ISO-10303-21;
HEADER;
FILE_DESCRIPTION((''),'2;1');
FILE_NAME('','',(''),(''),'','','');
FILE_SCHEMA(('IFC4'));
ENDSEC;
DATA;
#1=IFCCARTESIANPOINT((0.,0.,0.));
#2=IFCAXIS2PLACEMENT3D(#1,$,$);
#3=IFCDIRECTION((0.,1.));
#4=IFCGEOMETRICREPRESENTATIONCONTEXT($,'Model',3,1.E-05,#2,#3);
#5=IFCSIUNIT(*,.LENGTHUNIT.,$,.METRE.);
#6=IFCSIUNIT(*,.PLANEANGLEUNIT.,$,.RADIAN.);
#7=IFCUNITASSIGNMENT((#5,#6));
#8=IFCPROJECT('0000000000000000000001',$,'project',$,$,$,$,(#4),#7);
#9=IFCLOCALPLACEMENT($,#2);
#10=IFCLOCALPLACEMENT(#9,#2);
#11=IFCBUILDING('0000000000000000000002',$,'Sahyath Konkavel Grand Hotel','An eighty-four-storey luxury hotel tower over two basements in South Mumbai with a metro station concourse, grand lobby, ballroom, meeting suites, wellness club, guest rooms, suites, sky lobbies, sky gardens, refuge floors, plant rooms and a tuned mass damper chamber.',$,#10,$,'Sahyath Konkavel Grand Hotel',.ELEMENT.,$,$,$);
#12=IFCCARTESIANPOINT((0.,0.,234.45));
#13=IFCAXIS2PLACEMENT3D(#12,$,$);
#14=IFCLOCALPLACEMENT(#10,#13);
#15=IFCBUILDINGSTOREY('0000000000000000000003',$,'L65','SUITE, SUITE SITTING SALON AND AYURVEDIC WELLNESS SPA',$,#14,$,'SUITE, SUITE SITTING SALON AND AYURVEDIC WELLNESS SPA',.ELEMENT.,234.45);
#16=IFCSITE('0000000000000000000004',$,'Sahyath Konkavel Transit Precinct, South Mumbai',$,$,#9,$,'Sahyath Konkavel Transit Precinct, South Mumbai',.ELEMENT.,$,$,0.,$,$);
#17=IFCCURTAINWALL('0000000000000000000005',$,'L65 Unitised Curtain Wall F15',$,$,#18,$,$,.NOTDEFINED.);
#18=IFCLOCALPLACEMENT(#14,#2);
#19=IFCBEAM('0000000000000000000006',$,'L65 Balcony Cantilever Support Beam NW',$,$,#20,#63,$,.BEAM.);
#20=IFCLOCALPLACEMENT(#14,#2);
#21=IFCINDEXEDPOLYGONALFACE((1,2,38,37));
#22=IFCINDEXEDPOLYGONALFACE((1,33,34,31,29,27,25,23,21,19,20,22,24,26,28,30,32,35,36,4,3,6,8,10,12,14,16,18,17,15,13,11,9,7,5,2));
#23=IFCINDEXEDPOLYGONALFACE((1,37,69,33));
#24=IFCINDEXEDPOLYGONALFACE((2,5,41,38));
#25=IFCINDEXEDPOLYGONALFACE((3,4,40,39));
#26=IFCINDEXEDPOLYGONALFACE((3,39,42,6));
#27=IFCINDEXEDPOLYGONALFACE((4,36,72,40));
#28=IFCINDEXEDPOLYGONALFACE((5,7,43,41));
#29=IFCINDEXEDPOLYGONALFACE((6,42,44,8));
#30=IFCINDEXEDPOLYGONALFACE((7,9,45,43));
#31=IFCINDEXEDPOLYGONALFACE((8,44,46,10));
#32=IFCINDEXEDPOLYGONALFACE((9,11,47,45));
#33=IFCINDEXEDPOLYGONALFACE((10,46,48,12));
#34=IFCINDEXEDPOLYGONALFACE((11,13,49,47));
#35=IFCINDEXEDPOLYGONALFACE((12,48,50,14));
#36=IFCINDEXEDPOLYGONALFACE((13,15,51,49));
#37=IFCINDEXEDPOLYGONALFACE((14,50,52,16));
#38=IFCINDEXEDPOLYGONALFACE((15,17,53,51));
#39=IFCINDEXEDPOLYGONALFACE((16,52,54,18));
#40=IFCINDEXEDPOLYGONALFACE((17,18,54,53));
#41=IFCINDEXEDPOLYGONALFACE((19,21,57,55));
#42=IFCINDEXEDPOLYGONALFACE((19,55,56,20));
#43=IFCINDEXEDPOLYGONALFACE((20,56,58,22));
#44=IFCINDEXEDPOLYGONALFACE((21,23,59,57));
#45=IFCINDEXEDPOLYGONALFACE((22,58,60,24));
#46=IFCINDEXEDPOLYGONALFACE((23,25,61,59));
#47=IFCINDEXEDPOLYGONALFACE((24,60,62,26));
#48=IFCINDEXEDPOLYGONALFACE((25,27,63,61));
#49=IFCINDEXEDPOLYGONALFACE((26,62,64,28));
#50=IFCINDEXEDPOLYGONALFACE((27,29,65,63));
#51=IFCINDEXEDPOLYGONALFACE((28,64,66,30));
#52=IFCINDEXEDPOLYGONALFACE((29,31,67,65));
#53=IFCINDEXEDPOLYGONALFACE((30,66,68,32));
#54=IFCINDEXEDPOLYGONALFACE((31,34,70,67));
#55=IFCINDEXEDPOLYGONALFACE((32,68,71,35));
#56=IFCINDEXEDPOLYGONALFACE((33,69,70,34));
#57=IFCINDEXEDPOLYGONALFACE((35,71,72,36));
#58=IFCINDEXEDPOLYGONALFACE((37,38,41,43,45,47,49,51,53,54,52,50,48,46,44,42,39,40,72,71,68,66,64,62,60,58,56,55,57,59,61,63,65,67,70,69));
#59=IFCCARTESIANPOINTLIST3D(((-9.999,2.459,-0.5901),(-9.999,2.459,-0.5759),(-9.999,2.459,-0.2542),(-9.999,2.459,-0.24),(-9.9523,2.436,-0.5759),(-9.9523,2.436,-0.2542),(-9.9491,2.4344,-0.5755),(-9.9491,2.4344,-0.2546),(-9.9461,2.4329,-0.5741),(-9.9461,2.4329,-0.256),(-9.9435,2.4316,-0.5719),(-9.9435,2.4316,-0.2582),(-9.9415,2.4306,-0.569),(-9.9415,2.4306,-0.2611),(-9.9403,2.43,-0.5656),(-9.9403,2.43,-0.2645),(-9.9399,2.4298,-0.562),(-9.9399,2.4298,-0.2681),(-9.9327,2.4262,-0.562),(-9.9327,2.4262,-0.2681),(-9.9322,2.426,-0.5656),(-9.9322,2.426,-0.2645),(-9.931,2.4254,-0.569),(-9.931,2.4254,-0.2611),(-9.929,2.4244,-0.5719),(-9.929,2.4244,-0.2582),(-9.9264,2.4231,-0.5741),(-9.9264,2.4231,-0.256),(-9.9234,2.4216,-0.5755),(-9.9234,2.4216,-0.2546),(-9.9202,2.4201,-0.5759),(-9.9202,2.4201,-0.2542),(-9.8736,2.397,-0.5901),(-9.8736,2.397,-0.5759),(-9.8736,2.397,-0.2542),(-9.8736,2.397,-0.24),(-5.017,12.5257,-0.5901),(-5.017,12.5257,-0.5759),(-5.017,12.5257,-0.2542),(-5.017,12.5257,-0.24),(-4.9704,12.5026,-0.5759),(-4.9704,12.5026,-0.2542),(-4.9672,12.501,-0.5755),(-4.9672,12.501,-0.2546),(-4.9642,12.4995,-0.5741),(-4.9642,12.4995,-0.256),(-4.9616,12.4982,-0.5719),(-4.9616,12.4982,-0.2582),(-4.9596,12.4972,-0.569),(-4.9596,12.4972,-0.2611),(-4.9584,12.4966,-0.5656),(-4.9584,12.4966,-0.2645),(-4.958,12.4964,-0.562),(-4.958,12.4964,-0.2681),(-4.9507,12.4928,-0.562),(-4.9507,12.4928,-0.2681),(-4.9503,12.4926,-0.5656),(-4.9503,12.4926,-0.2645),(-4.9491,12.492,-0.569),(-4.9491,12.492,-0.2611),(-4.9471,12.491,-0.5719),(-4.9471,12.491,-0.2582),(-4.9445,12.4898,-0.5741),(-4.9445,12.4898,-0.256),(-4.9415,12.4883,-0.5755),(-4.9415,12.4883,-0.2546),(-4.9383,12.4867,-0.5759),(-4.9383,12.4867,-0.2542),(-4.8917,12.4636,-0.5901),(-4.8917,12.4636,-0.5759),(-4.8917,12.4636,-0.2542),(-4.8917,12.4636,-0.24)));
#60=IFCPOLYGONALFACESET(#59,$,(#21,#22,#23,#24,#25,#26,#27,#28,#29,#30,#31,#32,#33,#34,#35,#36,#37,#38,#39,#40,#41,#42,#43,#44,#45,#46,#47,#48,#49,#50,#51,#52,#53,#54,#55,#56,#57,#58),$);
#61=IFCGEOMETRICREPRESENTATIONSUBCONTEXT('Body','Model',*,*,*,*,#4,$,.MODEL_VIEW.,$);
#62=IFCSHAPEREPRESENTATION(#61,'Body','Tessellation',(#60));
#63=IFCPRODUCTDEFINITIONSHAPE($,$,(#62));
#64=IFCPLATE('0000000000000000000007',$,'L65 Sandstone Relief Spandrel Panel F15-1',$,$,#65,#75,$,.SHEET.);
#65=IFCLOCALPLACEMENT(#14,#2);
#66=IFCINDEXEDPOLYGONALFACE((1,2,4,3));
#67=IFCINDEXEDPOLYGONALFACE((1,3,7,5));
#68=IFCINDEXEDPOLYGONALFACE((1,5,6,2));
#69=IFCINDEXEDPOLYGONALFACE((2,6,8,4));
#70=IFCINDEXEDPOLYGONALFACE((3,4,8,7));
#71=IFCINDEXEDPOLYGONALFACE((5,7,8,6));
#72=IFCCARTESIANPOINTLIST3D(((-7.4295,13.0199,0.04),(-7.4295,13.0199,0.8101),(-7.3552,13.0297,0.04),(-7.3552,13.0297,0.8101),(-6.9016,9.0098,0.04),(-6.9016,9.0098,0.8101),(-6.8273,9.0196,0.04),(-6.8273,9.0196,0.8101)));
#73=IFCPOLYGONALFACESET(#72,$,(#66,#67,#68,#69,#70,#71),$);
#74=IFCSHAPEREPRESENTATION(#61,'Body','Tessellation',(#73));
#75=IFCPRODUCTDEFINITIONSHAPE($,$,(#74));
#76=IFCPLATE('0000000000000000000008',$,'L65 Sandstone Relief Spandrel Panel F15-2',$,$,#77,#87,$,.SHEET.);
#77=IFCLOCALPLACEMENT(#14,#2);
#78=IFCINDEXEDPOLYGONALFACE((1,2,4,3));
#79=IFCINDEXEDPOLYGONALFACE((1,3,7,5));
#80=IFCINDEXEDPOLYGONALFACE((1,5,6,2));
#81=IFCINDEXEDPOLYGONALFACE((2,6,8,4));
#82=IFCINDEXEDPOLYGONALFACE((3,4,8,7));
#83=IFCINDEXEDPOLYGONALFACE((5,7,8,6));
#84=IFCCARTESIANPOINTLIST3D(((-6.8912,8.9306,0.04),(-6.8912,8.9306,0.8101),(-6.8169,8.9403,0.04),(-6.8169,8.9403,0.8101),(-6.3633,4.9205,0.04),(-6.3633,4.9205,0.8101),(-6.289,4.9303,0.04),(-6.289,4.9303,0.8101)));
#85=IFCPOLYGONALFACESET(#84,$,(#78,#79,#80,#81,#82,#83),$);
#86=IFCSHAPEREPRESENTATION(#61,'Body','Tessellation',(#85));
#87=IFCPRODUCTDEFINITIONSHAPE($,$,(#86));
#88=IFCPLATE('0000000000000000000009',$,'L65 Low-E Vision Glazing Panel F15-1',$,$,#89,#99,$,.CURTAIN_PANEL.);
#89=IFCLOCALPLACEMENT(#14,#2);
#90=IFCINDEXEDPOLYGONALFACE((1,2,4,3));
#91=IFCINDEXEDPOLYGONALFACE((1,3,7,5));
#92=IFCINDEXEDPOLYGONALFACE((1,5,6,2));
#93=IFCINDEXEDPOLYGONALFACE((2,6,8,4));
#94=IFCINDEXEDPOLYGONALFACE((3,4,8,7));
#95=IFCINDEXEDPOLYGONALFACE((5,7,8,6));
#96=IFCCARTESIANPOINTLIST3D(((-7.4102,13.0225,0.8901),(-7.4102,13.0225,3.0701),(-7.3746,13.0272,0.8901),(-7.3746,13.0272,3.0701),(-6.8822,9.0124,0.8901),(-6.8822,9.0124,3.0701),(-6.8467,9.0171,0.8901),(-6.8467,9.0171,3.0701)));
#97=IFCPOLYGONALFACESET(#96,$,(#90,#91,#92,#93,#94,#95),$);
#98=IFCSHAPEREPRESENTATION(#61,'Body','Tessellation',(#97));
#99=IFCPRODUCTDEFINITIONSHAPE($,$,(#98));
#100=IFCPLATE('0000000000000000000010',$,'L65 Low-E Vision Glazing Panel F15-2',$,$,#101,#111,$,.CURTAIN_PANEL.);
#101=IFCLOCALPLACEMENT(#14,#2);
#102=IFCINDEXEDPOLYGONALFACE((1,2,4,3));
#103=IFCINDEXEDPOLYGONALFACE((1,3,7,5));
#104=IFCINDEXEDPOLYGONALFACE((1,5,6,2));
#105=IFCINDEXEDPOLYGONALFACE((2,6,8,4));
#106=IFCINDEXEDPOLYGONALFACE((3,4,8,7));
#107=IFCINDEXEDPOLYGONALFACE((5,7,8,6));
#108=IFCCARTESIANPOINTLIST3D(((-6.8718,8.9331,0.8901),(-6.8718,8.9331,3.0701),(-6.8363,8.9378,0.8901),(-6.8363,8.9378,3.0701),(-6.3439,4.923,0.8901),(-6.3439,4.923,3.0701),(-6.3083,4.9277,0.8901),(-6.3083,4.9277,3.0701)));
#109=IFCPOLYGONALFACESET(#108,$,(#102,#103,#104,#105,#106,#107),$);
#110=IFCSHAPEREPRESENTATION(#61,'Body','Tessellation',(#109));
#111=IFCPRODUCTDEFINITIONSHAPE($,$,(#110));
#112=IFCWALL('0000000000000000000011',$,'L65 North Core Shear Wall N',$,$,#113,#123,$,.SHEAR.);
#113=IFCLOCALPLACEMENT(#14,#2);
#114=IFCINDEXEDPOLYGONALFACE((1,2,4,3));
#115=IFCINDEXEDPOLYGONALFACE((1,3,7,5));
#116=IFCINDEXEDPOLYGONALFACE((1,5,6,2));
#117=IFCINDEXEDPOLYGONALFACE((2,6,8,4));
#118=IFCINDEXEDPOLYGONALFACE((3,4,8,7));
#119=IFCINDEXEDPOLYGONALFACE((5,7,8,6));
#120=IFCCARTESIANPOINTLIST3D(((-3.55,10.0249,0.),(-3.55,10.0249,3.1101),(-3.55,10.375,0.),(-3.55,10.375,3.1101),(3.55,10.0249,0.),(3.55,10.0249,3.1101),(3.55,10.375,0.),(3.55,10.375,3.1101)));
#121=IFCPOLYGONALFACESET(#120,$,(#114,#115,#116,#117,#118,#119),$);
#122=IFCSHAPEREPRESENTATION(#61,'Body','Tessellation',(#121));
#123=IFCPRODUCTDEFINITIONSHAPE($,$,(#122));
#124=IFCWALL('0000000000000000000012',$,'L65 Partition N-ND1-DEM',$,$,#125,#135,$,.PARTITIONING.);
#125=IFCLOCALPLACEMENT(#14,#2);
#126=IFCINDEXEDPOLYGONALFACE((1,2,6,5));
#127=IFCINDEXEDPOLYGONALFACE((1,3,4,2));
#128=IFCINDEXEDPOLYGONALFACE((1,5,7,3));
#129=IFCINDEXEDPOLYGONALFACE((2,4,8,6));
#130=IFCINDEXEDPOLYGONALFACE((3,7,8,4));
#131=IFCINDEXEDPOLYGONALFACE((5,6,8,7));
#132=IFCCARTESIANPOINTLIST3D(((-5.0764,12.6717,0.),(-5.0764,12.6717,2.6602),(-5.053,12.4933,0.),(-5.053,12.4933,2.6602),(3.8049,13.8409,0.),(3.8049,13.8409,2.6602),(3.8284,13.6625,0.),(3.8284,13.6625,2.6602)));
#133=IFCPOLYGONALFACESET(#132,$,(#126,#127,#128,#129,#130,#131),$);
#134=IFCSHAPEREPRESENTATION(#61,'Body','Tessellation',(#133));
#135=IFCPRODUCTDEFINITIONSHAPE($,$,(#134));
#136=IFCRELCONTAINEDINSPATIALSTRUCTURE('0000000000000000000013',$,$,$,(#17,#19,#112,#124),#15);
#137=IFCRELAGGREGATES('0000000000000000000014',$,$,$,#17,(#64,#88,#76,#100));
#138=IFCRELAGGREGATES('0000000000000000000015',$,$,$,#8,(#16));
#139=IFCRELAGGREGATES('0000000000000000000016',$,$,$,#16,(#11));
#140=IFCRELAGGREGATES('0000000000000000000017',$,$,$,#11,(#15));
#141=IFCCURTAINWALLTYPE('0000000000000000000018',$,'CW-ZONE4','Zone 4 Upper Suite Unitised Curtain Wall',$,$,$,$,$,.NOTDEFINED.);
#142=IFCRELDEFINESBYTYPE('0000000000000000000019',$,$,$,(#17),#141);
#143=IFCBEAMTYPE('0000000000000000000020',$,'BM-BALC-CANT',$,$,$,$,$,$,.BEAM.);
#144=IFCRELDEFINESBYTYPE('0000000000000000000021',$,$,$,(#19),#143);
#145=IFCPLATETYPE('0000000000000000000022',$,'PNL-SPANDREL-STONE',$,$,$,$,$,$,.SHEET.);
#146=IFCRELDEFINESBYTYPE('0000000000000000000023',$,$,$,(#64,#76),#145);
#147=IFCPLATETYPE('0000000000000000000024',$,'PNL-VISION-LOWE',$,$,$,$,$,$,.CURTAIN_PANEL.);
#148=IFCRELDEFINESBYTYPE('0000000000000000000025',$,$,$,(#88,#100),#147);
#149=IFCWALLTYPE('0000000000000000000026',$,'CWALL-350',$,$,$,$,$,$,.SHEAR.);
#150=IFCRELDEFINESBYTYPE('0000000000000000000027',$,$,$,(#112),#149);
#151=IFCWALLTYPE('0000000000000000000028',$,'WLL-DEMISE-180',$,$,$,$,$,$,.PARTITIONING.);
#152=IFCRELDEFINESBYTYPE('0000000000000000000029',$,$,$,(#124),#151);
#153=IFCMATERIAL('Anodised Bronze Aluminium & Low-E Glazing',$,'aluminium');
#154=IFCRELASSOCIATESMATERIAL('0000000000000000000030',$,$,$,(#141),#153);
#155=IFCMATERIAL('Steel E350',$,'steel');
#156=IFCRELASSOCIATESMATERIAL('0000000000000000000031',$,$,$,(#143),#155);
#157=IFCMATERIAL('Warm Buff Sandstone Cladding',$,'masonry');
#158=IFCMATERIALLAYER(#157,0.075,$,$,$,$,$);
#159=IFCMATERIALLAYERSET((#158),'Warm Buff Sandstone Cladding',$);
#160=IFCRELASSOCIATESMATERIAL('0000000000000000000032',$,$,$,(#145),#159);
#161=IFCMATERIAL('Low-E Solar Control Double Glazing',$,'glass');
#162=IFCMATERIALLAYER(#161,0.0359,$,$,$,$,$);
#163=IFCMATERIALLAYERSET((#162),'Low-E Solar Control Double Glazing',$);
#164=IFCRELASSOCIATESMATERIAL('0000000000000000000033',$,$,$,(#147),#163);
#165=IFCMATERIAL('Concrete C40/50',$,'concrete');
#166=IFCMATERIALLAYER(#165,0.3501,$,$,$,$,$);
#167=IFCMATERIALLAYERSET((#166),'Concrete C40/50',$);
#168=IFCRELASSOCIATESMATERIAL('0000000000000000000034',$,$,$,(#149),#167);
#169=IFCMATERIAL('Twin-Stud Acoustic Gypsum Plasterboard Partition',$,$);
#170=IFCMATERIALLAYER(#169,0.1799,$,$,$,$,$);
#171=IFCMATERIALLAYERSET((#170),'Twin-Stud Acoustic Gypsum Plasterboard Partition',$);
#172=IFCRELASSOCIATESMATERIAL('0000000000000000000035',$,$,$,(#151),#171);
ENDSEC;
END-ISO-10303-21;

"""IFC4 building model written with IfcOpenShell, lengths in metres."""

from ifc_helpers import new_model, si_unit, direction, frame, frame_2d, origin, origin_2d, place, context, subcontext, project, spatial, rectangle, i_section, extrude, source, transform, mapped, material, layer, layer_set, material_profile, profile_set, type_object, element, aggregate, save


model = new_model("IFC4")

# Units and contexts
model_context = context("Model", 3, precision=1e-05, world=origin(), true_north=direction((0.0, 1.0)))
body_context = subcontext(model_context, "Body", "Model", "MODEL_VIEW")
ifc_project = project(units=[si_unit("LENGTHUNIT", "METRE"), si_unit("PLANEANGLEUNIT", "RADIAN")], contexts=[model_context])

# Site, building, storey
site_placement = place(None, origin())
site = spatial("IfcSite", under=ifc_project, at=site_placement, Name="Sahyath Konkavel Transit Precinct, South Mumbai", LongName="Sahyath Konkavel Transit Precinct, South Mumbai", CompositionType="ELEMENT", RefElevation=0.0)
building_placement = place(site_placement, origin())
building = spatial("IfcBuilding", under=site, at=building_placement, Name="Sahyath Konkavel Grand Hotel", Description="An eighty-four-storey luxury hotel tower over two basements in South Mumbai with a metro station concourse, grand lobby, ballroom, meeting suites, wellness club, guest rooms, suites, sky lobbies, sky gardens, refuge floors, plant rooms and a tuned mass damper chamber.", LongName="Sahyath Konkavel Grand Hotel", CompositionType="ELEMENT")
storey_placement = place(building_placement, frame((0.0, 0.0, 234.45)))
storey = spatial("IfcBuildingStorey", under=building, at=storey_placement, Name="L65", Description="SUITE, SUITE SITTING SALON AND AYURVEDIC WELLNESS SPA", LongName="SUITE, SUITE SITTING SALON AND AYURVEDIC WELLNESS SPA", CompositionType="ELEMENT", Elevation=234.45)

# Shared definitions
ifc_material_1 = material(Name="Steel E350", Category="steel")

# Curtain wall
ifc_material_2 = material(Name="Anodised Bronze Aluminium & Low-E Glazing", Category="aluminium")
curtain_wall_type = type_object("IfcCurtainWallType", Name="CW-ZONE4", Description="Zone 4 Upper Suite Unitised Curtain Wall", PredefinedType="NOTDEFINED", material=ifc_material_2)
curtain_wall_placement = place(storey_placement, origin())
curtain_wall = element("IfcCurtainWall", 1, at=curtain_wall_placement, inside=storey, type_object=curtain_wall_type, Name="L65 Unitised Curtain Wall F15", PredefinedType="NOTDEFINED")

# Beam
ifc_material_profile_1 = material_profile(ifc_material_1, i_section(OverallWidth=0.1399, OverallDepth=0.3501, WebThickness=0.0081, FlangeThickness=0.0142, FilletRadius=0.0139, at=origin_2d()), Name="ISMB 350")
ifc_profile_set_1 = profile_set([ifc_material_profile_1], Name="Steel E350")
beam_type_1 = type_object("IfcBeamType", Name="BM-BALC-CANT", PredefinedType="BEAM", material=ifc_profile_set_1)
shared_shape_1 = source(origin(), body_context, "Body", "SweptSolid", [
    extrude(i_section(OverallWidth=0.1399, OverallDepth=0.3501, WebThickness=0.0081, FlangeThickness=0.0142, FilletRadius=0.0139, at=origin_2d()), origin(), (0.0, 0.0, 1.0), 11.2319),
])
beam_1_placement = place(storey_placement, frame((-4.9543, 12.4946, -0.415), z_axis=(-0.443549, -0.89625, 0.0), x_axis=(0.89625, -0.443549, 0.0)))
element("IfcBeam", 2, at=beam_1_placement, inside=storey, type_object=beam_type_1, Name="L65 Balcony Cantilever Support Beam NW", PredefinedType="BEAM", context=body_context, shape_type="MappedRepresentation", body=[
    mapped(shared_shape_1, transform((0.0, 0.0, 0.0), scale=1.0)),
])

# Plates
ifc_material_3 = material(Name="Warm Buff Sandstone Cladding", Category="masonry")
ifc_layer_1 = layer(ifc_material_3, 0.075)
ifc_layer_set_1 = layer_set([ifc_layer_1], Name="Warm Buff Sandstone Cladding")
plate_type_1 = type_object("IfcPlateType", Name="PNL-SPANDREL-STONE", PredefinedType="SHEET", material=ifc_layer_set_1)
shared_shape_2 = source(origin(), body_context, "Body", "SweptSolid", [
    extrude(rectangle(XDim=4.0447, YDim=0.075, at=origin_2d()), origin(), (0.0, 0.0, 1.0), 0.77),
])
plate_1_placement = place(storey_placement, frame((-7.1284, 11.0198, 0.04), z_axis=(0.0, 0.0, 1.0), x_axis=(0.130526, -0.991445, 0.0)))
plate_1 = element("IfcPlate", 3, at=plate_1_placement, type_object=plate_type_1, Name="L65 Sandstone Relief Spandrel Panel F15-1", PredefinedType="SHEET", context=body_context, shape_type="MappedRepresentation", body=[
    mapped(shared_shape_2, transform((0.0, 0.0, 0.0), scale=1.0)),
])
plate_2_placement = place(storey_placement, frame((-6.5901, 6.9304, 0.04), z_axis=(0.0, 0.0, 1.0), x_axis=(0.130526, -0.991445, 0.0)))
plate_2 = element("IfcPlate", 4, at=plate_2_placement, type_object=plate_type_1, Name="L65 Sandstone Relief Spandrel Panel F15-2", PredefinedType="SHEET", context=body_context, shape_type="MappedRepresentation", body=[
    mapped(shared_shape_2, transform((0.0, 0.0, 0.0), scale=1.0)),
])
ifc_material_4 = material(Name="Low-E Solar Control Double Glazing", Category="glass")
ifc_layer_2 = layer(ifc_material_4, 0.0359)
ifc_layer_set_2 = layer_set([ifc_layer_2], Name="Low-E Solar Control Double Glazing")
plate_type_2 = type_object("IfcPlateType", Name="PNL-VISION-LOWE", PredefinedType="CURTAIN_PANEL", material=ifc_layer_set_2)
shared_shape_3 = source(origin(), body_context, "Body", "SweptSolid", [
    extrude(rectangle(XDim=4.0447, YDim=0.0359, at=origin_2d()), origin(), (0.0, 0.0, 1.0), 2.1799),
])
plate_3_placement = place(storey_placement, frame((-7.1284, 11.0198, 0.8901), z_axis=(0.0, 0.0, 1.0), x_axis=(0.130526, -0.991445, 0.0)))
plate_3 = element("IfcPlate", 5, at=plate_3_placement, type_object=plate_type_2, Name="L65 Low-E Vision Glazing Panel F15-1", PredefinedType="CURTAIN_PANEL", context=body_context, shape_type="MappedRepresentation", body=[
    mapped(shared_shape_3, transform((0.0, 0.0, 0.0), scale=1.0)),
])
plate_4_placement = place(storey_placement, frame((-6.5901, 6.9304, 0.8901), z_axis=(0.0, 0.0, 1.0), x_axis=(0.130526, -0.991445, 0.0)))
plate_4 = element("IfcPlate", 6, at=plate_4_placement, type_object=plate_type_2, Name="L65 Low-E Vision Glazing Panel F15-2", PredefinedType="CURTAIN_PANEL", context=body_context, shape_type="MappedRepresentation", body=[
    mapped(shared_shape_3, transform((0.0, 0.0, 0.0), scale=1.0)),
])
aggregate(curtain_wall, [plate_1, plate_3, plate_2, plate_4])

# Walls
ifc_material_5 = material(Name="Concrete C40/50", Category="concrete")
ifc_layer_3 = layer(ifc_material_5, 0.3501)
ifc_layer_set_3 = layer_set([ifc_layer_3], Name="Concrete C40/50")
wall_type_1 = type_object("IfcWallType", Name="CWALL-350", PredefinedType="SHEAR", material=ifc_layer_set_3)
wall_1_placement = place(storey_placement, frame((-3.55, 10.2, 0.0), z_axis=(0.0, 0.0, 1.0), x_axis=(1.0, 0.0, 0.0)))
element("IfcWall", 7, at=wall_1_placement, inside=storey, type_object=wall_type_1, Name="L65 North Core Shear Wall N", PredefinedType="SHEAR", context=body_context, shape_type="SweptSolid", body=[
    extrude(rectangle(XDim=7.1001, YDim=0.3501, at=frame_2d((3.55, 0.0))), origin(), (0.0, 0.0, 1.0), 3.1101),
])
ifc_material_6 = material(Name="Twin-Stud Acoustic Gypsum Plasterboard Partition")
ifc_layer_4 = layer(ifc_material_6, 0.1799)
ifc_layer_set_4 = layer_set([ifc_layer_4], Name="Twin-Stud Acoustic Gypsum Plasterboard Partition")
wall_type_2 = type_object("IfcWallType", Name="WLL-DEMISE-180", PredefinedType="PARTITIONING", material=ifc_layer_set_4)
wall_2_placement = place(storey_placement, frame((-5.0647, 12.5825, 0.0), z_axis=(0.0, 0.0, 1.0), x_axis=(0.991446, 0.130519, 0.0)))
element("IfcWall", 8, at=wall_2_placement, inside=storey, type_object=wall_type_2, Name="L65 Partition N-ND1-DEM", PredefinedType="PARTITIONING", context=body_context, shape_type="SweptSolid", body=[
    extrude(rectangle(XDim=8.958, YDim=0.1799, at=frame_2d((4.479, 0.0))), origin(), (0.0, 0.0, 1.0), 2.6602),
])

save(model, "model.ifc")
